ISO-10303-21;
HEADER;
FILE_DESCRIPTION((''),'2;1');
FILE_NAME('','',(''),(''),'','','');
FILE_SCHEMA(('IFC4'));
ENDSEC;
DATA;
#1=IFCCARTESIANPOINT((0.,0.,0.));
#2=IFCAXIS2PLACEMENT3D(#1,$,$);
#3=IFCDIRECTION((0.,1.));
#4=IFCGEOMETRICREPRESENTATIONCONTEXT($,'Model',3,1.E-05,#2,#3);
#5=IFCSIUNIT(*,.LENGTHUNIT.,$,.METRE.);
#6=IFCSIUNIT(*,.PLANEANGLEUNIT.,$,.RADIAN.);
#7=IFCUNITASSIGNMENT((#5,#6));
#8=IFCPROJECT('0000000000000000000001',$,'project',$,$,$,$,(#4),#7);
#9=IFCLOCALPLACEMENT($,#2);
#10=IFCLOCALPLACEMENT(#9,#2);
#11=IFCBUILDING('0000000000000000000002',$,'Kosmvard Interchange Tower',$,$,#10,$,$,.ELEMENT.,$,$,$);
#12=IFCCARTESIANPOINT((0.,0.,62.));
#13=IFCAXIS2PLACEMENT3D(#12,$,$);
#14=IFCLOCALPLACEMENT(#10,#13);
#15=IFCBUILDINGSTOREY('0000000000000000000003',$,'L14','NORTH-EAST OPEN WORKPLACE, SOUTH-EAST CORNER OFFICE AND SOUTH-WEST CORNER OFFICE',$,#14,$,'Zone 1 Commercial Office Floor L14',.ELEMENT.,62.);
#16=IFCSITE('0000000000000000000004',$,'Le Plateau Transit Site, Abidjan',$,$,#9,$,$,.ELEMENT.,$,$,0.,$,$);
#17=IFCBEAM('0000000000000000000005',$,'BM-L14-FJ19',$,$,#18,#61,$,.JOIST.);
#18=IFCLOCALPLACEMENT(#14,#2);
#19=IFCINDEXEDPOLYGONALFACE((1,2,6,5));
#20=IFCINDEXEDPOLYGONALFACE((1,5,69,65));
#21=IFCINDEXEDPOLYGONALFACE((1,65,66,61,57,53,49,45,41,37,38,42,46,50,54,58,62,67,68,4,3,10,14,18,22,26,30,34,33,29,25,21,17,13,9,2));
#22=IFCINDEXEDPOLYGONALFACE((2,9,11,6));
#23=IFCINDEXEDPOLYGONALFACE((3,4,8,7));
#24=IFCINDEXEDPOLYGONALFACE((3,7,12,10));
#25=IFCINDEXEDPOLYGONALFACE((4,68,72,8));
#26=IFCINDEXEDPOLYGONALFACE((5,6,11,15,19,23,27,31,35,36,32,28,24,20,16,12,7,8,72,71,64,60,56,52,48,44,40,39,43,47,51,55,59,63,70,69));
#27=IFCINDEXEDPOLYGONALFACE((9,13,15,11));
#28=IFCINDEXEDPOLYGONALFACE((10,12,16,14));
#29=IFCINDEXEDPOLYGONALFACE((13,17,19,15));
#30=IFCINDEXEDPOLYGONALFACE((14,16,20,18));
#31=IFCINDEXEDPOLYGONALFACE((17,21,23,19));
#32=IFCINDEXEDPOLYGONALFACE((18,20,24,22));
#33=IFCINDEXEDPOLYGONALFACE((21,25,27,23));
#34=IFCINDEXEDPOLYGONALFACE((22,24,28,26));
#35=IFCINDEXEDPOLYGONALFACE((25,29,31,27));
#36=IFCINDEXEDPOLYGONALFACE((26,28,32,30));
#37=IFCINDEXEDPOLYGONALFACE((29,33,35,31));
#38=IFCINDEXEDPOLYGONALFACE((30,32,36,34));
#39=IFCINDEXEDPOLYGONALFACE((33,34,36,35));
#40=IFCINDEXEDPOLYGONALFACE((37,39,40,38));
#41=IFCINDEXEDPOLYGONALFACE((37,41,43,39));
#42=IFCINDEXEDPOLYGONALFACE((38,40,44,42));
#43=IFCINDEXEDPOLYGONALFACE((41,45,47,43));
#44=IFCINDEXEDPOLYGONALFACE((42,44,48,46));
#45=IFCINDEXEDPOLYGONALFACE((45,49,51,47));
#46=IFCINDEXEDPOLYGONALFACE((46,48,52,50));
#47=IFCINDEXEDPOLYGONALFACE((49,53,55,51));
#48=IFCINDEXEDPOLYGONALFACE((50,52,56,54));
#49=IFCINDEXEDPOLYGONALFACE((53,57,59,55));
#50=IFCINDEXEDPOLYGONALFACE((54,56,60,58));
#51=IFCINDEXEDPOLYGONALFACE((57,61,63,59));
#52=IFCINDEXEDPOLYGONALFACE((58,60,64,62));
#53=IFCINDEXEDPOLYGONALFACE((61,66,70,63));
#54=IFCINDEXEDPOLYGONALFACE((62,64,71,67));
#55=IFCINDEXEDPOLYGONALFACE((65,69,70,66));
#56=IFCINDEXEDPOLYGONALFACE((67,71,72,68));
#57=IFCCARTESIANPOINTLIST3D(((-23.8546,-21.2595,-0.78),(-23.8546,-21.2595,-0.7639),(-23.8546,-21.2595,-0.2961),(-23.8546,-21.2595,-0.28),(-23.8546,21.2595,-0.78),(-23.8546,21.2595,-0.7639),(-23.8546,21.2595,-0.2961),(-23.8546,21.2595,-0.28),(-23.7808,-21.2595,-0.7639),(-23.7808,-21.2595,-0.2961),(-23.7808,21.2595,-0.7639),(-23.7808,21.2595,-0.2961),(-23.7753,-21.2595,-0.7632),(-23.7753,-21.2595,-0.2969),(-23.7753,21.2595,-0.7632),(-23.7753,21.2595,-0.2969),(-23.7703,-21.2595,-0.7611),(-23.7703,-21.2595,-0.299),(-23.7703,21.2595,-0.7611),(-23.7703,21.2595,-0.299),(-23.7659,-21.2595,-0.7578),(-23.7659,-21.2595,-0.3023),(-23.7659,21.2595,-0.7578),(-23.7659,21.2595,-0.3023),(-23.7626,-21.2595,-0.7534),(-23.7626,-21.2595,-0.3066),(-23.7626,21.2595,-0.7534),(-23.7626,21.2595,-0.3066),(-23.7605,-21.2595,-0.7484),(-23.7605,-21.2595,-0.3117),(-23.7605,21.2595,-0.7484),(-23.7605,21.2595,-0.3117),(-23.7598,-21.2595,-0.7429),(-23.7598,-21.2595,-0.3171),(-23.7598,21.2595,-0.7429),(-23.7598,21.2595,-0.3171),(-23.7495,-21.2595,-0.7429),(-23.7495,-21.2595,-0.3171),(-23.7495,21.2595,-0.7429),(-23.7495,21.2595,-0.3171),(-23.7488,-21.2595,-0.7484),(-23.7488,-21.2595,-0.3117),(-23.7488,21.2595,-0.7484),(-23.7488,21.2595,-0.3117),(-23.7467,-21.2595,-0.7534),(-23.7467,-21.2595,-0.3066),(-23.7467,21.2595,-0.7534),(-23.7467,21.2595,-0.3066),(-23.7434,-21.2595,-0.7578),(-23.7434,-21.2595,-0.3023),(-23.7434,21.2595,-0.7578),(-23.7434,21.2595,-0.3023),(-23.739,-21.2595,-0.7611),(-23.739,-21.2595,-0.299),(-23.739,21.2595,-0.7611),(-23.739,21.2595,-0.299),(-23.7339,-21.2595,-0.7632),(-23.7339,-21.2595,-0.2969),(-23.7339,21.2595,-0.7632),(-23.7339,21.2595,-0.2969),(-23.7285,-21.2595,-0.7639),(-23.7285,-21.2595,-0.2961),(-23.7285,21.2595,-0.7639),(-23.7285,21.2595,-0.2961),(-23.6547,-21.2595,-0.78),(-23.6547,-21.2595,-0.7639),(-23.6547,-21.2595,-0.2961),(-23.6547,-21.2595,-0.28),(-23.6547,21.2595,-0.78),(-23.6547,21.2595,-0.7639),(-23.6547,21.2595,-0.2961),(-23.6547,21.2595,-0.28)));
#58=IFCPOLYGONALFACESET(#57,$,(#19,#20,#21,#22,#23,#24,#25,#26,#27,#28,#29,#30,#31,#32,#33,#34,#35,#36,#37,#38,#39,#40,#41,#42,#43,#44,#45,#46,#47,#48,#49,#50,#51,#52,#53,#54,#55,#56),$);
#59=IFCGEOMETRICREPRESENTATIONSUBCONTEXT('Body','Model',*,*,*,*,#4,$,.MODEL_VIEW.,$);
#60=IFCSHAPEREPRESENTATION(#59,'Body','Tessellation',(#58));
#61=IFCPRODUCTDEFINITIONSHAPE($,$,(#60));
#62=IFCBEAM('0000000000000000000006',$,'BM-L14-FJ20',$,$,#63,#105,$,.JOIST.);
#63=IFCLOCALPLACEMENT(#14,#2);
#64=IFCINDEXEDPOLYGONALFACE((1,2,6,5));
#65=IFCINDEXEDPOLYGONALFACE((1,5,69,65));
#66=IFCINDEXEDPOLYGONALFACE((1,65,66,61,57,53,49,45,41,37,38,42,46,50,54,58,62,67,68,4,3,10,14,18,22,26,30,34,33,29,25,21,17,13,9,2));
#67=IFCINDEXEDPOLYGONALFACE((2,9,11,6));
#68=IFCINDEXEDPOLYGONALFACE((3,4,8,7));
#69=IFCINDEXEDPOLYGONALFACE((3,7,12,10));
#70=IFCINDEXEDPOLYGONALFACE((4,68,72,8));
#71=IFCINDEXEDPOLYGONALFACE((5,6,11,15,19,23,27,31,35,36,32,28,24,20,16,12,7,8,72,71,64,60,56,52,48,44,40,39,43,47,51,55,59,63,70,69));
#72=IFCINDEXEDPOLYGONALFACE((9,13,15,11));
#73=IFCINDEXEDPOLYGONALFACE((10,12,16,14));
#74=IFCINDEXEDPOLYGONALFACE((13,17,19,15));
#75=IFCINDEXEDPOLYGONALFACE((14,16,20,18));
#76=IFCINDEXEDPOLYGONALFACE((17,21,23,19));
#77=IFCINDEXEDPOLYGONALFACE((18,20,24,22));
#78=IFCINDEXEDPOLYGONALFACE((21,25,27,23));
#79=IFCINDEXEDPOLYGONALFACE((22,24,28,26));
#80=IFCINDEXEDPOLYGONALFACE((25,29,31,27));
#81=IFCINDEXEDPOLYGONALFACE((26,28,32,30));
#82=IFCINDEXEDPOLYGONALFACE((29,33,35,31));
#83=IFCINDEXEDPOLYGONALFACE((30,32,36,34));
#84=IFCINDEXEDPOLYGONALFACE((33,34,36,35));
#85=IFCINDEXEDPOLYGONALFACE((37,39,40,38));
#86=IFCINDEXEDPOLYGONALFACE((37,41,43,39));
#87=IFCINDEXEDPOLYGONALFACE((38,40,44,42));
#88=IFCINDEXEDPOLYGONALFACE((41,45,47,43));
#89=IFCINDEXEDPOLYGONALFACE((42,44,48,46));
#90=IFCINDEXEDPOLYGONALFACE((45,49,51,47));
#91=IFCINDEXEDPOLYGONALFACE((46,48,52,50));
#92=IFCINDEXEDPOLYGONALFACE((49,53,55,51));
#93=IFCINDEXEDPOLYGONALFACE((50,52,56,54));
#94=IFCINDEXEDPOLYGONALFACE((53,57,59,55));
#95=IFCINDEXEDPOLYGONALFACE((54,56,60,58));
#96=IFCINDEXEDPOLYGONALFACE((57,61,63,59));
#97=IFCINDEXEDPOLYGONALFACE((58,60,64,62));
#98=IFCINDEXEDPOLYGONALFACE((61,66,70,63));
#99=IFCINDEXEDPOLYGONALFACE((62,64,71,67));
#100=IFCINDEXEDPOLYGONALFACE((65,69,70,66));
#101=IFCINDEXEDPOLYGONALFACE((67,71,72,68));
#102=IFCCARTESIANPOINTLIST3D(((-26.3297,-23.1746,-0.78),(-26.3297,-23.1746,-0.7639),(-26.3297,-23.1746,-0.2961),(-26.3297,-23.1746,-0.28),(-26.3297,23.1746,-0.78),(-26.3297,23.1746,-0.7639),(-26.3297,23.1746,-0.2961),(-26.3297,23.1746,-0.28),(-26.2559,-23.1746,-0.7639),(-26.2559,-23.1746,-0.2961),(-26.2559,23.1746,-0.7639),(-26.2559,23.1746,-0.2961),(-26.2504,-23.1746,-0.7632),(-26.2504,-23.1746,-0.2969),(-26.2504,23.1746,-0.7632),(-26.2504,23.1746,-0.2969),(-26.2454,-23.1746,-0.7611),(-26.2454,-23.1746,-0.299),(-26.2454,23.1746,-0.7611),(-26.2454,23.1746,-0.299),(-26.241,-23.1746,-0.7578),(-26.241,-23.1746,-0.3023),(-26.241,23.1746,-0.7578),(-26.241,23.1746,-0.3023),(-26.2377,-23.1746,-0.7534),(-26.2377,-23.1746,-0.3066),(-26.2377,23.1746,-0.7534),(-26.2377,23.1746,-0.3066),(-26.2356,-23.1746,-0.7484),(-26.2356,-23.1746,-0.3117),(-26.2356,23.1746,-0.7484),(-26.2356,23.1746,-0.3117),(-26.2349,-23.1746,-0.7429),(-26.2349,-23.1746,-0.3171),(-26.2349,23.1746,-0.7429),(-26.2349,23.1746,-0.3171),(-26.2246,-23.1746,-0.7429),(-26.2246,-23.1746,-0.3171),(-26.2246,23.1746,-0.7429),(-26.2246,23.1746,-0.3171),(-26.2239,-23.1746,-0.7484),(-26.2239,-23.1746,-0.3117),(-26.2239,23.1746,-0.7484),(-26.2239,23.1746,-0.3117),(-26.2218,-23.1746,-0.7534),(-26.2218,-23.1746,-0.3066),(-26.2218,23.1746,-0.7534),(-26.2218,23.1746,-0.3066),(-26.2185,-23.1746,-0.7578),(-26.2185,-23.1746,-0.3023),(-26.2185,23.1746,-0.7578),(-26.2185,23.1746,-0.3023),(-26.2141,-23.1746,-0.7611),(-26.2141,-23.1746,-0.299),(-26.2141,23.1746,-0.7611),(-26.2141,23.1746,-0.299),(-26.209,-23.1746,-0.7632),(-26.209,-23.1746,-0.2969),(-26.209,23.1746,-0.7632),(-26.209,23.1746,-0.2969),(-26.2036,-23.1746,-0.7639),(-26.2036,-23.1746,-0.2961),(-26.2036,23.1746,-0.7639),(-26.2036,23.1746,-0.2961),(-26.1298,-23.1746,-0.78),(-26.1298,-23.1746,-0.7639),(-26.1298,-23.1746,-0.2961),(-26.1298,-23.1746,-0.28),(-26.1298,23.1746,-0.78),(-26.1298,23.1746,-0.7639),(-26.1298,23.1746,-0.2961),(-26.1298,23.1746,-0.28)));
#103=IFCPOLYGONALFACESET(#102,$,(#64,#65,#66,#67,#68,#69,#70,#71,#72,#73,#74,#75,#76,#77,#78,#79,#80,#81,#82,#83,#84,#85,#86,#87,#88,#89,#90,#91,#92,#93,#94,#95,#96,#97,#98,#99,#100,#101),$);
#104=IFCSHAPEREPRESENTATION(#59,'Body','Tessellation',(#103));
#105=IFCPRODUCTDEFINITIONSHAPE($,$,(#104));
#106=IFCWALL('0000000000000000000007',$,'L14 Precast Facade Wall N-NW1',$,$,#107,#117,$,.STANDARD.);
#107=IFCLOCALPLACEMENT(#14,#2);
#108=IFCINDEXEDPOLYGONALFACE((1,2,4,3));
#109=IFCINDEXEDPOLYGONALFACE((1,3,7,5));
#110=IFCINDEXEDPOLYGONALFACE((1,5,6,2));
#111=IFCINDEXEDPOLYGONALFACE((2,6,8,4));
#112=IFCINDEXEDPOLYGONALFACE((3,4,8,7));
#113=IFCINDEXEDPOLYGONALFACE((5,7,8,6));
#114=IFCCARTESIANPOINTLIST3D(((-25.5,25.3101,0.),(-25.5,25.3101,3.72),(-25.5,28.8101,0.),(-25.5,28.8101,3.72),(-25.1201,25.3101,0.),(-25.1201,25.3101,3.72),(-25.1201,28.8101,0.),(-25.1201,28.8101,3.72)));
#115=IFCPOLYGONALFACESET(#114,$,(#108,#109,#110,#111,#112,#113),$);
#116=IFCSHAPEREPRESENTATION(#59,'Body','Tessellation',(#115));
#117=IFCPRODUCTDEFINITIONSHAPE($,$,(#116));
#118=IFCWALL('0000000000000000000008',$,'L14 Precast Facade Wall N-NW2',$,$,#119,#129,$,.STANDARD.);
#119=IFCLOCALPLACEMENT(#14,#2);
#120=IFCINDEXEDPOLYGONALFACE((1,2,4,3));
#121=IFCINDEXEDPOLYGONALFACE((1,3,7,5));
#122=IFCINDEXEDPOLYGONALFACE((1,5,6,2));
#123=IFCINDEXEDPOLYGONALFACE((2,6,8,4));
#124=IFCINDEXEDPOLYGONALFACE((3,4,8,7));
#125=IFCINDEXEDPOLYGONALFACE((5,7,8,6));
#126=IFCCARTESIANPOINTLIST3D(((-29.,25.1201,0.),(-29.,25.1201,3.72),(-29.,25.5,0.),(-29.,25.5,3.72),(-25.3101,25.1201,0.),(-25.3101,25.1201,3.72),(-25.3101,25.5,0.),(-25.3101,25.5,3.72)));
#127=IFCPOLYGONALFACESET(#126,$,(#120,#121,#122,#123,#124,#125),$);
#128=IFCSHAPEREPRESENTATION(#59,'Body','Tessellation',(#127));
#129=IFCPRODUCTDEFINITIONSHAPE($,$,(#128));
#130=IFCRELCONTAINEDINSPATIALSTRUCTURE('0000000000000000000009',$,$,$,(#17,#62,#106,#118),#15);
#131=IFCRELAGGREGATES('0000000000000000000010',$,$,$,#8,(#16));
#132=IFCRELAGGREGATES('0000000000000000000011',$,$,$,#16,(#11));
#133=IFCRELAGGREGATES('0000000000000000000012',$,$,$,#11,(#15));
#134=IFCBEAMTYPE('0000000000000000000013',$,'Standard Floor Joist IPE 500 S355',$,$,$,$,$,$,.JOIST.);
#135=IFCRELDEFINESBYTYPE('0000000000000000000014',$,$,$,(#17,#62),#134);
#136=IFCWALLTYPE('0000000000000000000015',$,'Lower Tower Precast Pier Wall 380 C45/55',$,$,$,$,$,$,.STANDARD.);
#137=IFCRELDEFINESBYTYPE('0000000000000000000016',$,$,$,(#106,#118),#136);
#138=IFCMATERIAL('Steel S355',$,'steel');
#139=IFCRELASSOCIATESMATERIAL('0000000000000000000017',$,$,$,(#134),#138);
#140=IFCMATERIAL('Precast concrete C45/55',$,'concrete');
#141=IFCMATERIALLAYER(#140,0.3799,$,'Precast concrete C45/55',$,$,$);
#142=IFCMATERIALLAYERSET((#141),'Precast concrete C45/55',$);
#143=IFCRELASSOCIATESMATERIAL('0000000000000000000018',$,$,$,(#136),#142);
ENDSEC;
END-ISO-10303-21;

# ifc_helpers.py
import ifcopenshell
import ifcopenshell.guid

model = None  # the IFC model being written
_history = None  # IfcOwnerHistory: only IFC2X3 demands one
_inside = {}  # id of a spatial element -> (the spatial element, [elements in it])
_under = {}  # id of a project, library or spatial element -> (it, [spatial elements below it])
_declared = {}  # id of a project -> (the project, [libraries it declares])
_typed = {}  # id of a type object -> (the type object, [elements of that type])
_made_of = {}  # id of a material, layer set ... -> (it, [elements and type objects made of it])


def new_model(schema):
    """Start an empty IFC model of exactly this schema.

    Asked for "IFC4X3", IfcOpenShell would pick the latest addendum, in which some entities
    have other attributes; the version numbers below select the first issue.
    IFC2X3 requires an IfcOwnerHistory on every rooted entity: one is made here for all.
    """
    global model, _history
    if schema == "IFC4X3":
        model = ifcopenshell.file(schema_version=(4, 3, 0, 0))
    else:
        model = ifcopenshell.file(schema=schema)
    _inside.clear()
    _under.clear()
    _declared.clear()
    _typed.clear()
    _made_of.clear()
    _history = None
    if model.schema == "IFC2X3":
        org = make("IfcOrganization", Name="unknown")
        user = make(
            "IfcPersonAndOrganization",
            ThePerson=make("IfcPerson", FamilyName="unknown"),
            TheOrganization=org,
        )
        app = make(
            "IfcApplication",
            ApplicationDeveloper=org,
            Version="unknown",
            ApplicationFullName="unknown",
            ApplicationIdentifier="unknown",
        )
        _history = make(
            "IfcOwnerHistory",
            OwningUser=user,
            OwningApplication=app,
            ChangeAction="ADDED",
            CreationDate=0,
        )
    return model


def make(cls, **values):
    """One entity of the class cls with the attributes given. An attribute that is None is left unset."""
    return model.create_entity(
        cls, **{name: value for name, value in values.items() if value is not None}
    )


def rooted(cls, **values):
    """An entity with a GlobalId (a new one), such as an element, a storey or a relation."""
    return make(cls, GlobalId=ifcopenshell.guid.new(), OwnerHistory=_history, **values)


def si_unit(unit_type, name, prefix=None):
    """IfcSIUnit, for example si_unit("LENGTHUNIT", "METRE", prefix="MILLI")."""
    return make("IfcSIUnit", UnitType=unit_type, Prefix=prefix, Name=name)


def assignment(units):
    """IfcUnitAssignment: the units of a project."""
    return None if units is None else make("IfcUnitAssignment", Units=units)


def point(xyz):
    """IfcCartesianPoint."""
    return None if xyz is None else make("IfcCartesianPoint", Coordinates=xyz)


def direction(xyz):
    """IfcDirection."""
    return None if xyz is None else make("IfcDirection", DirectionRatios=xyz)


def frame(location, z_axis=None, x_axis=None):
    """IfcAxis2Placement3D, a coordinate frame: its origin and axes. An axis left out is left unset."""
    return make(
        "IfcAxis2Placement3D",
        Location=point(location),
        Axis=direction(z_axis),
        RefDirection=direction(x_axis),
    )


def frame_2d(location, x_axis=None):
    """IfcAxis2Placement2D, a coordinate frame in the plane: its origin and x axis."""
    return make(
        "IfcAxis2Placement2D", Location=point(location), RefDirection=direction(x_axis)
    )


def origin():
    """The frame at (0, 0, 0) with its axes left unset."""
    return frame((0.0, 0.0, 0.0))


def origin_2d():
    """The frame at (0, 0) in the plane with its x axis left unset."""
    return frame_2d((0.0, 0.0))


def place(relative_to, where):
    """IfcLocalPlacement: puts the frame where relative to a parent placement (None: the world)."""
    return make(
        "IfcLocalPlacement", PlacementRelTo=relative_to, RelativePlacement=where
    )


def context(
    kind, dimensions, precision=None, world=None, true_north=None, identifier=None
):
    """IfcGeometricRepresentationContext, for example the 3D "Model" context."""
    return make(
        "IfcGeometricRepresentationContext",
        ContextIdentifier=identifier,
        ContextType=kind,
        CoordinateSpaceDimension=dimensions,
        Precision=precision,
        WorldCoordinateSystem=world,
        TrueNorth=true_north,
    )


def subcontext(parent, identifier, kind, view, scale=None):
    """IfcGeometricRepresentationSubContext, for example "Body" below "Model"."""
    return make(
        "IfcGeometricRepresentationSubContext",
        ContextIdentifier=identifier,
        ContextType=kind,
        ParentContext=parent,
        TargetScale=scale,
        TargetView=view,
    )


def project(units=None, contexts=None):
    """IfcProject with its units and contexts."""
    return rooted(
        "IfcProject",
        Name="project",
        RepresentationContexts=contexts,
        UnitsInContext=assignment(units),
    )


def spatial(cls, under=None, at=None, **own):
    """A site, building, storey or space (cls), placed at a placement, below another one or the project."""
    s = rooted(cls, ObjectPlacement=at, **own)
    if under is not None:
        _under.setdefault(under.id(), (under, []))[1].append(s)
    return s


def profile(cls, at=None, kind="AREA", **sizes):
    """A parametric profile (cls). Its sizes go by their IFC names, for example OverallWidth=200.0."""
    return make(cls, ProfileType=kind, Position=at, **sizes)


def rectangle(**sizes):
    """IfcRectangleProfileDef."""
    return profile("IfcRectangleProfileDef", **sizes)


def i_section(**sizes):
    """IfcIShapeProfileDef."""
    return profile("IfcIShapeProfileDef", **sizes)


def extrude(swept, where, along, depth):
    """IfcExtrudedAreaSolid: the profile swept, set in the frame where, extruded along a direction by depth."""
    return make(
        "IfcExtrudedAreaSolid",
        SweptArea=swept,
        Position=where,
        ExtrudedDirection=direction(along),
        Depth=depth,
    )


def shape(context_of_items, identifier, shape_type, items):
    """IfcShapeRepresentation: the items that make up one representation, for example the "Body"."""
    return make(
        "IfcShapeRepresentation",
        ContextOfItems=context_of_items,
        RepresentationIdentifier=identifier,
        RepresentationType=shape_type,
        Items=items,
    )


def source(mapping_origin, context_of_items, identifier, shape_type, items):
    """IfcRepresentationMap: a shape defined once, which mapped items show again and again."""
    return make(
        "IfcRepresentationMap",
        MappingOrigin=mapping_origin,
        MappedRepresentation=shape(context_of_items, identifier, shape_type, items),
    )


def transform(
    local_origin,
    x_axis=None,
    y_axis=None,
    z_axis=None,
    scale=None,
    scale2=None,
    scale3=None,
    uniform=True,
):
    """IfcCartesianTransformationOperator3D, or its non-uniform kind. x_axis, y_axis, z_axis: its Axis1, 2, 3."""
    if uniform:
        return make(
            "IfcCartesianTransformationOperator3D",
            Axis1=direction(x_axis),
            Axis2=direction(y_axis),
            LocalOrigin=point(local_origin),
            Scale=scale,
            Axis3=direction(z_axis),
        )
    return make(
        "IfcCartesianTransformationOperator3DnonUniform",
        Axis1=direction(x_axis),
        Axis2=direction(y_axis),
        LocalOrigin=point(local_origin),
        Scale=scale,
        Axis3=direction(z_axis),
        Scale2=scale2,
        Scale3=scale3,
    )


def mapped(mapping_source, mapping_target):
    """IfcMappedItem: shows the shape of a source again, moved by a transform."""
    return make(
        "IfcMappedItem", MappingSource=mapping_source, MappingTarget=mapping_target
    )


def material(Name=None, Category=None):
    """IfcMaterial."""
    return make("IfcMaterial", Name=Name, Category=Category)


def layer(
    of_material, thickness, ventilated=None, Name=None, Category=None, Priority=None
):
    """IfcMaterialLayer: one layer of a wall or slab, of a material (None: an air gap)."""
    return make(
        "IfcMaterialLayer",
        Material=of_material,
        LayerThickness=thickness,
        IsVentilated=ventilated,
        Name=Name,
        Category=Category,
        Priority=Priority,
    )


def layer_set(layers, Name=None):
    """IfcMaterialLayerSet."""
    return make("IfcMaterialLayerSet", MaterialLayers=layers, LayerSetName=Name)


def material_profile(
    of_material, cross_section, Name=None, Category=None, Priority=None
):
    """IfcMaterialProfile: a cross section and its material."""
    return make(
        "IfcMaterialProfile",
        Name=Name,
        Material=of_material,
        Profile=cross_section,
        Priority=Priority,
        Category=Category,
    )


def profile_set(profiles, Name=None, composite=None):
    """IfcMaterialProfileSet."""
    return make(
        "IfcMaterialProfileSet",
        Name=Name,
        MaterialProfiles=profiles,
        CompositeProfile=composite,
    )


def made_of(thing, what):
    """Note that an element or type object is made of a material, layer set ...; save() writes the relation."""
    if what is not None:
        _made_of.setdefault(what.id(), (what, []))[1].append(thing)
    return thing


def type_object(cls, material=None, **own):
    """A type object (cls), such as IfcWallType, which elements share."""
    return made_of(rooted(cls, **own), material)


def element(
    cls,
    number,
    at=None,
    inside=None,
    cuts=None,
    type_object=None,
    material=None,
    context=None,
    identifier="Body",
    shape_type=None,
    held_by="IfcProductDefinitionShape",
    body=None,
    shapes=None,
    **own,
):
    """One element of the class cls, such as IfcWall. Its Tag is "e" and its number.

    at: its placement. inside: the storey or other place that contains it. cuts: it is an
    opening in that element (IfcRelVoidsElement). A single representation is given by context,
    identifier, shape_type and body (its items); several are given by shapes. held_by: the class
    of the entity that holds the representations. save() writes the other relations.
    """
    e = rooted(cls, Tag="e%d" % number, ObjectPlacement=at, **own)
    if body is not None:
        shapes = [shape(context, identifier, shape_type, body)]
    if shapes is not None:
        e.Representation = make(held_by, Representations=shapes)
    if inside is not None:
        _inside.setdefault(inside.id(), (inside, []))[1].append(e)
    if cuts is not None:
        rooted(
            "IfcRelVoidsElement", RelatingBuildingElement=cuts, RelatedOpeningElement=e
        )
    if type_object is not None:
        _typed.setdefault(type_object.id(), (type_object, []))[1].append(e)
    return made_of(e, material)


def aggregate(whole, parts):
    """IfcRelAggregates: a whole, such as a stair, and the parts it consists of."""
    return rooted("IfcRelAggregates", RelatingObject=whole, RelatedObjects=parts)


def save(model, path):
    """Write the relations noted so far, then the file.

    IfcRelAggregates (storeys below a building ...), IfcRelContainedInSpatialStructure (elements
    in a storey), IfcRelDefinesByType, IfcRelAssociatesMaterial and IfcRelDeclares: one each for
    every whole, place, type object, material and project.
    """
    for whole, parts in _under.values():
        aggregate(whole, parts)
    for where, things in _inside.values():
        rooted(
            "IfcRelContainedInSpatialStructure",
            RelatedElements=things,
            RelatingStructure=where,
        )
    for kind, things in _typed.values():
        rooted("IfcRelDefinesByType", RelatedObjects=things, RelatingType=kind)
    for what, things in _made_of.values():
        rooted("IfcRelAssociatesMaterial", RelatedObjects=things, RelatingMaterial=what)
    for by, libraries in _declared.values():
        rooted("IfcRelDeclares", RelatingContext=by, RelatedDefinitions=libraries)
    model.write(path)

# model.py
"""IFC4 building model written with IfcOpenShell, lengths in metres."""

from ifc_helpers import new_model, si_unit, direction, frame, frame_2d, origin, origin_2d, place, context, subcontext, project, spatial, rectangle, i_section, extrude, source, transform, mapped, material, layer, layer_set, material_profile, profile_set, type_object, element, save


model = new_model("IFC4")

# Units and contexts
model_context = context("Model", 3, precision=1e-05, world=origin(), true_north=direction((0.0, 1.0)))
body_context = subcontext(model_context, "Body", "Model", "MODEL_VIEW")
ifc_project = project(units=[si_unit("LENGTHUNIT", "METRE"), si_unit("PLANEANGLEUNIT", "RADIAN")], contexts=[model_context])

# Site, building, storey
site_placement = place(None, origin())
site = spatial("IfcSite", under=ifc_project, at=site_placement, Name="Le Plateau Transit Site, Abidjan", CompositionType="ELEMENT", RefElevation=0.0)
building_placement = place(site_placement, origin())
building = spatial("IfcBuilding", under=site, at=building_placement, Name="Kosmvard Interchange Tower", CompositionType="ELEMENT")
storey_placement = place(building_placement, frame((0.0, 0.0, 62.0)))
storey = spatial("IfcBuildingStorey", under=building, at=storey_placement, Name="L14", Description="NORTH-EAST OPEN WORKPLACE, SOUTH-EAST CORNER OFFICE AND SOUTH-WEST CORNER OFFICE", LongName="Zone 1 Commercial Office Floor L14", CompositionType="ELEMENT", Elevation=62.0)

# Beams
ifc_material_1 = material(Name="Steel S355", Category="steel")
ifc_material_2 = material(Name="Precast concrete C45/55", Category="concrete")
ifc_material_profile_1 = material_profile(ifc_material_1, i_section(OverallWidth=0.2, OverallDepth=0.5, WebThickness=0.0103, FlangeThickness=0.0161, FilletRadius=0.021, at=origin_2d()), Name="IPE 500")
ifc_profile_set_1 = profile_set([ifc_material_profile_1], Name="Steel S355")
beam_type_1 = type_object("IfcBeamType", Name="Standard Floor Joist IPE 500 S355", PredefinedType="JOIST", material=ifc_profile_set_1)
shared_shape_1 = source(origin(), body_context, "Body", "SweptSolid", [
    extrude(i_section(OverallWidth=0.2, OverallDepth=0.5, WebThickness=0.0103, FlangeThickness=0.0161, FilletRadius=0.021, at=origin_2d()), origin(), (0.0, 0.0, 1.0), 42.519),
])
beam_1_placement = place(storey_placement, frame((-23.7546, 21.2595, -0.53), z_axis=(0.0, -1.0, 0.0), x_axis=(1.0, 0.0, 0.0)))
element("IfcBeam", 1, at=beam_1_placement, inside=storey, type_object=beam_type_1, Name="BM-L14-FJ19", PredefinedType="JOIST", context=body_context, shape_type="MappedRepresentation", body=[
    mapped(shared_shape_1, transform((0.0, 0.0, 0.0), scale=1.0)),
])
shared_shape_2 = source(origin(), body_context, "Body", "SweptSolid", [
    extrude(i_section(OverallWidth=0.2, OverallDepth=0.5, WebThickness=0.0103, FlangeThickness=0.0161, FilletRadius=0.021, at=origin_2d()), origin(), (0.0, 0.0, 1.0), 46.3491),
])
beam_2_placement = place(storey_placement, frame((-26.2297, 23.1746, -0.53), z_axis=(0.0, -1.0, 0.0), x_axis=(1.0, 0.0, 0.0)))
element("IfcBeam", 2, at=beam_2_placement, inside=storey, type_object=beam_type_1, Name="BM-L14-FJ20", PredefinedType="JOIST", context=body_context, shape_type="MappedRepresentation", body=[
    mapped(shared_shape_2, transform((0.0, 0.0, 0.0), scale=1.0)),
])

# Walls
ifc_layer_1 = layer(ifc_material_2, 0.3799, Name="Precast concrete C45/55")
ifc_layer_set_1 = layer_set([ifc_layer_1], Name="Precast concrete C45/55")
wall_type = type_object("IfcWallType", Name="Lower Tower Precast Pier Wall 380 C45/55", PredefinedType="STANDARD", material=ifc_layer_set_1)
wall_1_placement = place(storey_placement, frame((-25.3101, 28.8101, 0.0), z_axis=(0.0, 0.0, 1.0), x_axis=(0.0, -1.0, 0.0)))
element("IfcWall", 3, at=wall_1_placement, inside=storey, type_object=wall_type, Name="L14 Precast Facade Wall N-NW1", PredefinedType="STANDARD", context=body_context, shape_type="SweptSolid", body=[
    extrude(rectangle(XDim=3.5, YDim=0.3799, at=frame_2d((1.75, 0.0))), origin(), (0.0, 0.0, 1.0), 3.72),
])
wall_2_placement = place(storey_placement, frame((-25.3101, 25.3101, 0.0), z_axis=(0.0, 0.0, 1.0), x_axis=(-1.0, 0.0, 0.0)))
element("IfcWall", 4, at=wall_2_placement, inside=storey, type_object=wall_type, Name="L14 Precast Facade Wall N-NW2", PredefinedType="STANDARD", context=body_context, shape_type="SweptSolid", body=[
    extrude(rectangle(XDim=3.6899, YDim=0.3799, at=frame_2d((1.845, 0.0))), origin(), (0.0, 0.0, 1.0), 3.72),
])

save(model, "model.ifc")
